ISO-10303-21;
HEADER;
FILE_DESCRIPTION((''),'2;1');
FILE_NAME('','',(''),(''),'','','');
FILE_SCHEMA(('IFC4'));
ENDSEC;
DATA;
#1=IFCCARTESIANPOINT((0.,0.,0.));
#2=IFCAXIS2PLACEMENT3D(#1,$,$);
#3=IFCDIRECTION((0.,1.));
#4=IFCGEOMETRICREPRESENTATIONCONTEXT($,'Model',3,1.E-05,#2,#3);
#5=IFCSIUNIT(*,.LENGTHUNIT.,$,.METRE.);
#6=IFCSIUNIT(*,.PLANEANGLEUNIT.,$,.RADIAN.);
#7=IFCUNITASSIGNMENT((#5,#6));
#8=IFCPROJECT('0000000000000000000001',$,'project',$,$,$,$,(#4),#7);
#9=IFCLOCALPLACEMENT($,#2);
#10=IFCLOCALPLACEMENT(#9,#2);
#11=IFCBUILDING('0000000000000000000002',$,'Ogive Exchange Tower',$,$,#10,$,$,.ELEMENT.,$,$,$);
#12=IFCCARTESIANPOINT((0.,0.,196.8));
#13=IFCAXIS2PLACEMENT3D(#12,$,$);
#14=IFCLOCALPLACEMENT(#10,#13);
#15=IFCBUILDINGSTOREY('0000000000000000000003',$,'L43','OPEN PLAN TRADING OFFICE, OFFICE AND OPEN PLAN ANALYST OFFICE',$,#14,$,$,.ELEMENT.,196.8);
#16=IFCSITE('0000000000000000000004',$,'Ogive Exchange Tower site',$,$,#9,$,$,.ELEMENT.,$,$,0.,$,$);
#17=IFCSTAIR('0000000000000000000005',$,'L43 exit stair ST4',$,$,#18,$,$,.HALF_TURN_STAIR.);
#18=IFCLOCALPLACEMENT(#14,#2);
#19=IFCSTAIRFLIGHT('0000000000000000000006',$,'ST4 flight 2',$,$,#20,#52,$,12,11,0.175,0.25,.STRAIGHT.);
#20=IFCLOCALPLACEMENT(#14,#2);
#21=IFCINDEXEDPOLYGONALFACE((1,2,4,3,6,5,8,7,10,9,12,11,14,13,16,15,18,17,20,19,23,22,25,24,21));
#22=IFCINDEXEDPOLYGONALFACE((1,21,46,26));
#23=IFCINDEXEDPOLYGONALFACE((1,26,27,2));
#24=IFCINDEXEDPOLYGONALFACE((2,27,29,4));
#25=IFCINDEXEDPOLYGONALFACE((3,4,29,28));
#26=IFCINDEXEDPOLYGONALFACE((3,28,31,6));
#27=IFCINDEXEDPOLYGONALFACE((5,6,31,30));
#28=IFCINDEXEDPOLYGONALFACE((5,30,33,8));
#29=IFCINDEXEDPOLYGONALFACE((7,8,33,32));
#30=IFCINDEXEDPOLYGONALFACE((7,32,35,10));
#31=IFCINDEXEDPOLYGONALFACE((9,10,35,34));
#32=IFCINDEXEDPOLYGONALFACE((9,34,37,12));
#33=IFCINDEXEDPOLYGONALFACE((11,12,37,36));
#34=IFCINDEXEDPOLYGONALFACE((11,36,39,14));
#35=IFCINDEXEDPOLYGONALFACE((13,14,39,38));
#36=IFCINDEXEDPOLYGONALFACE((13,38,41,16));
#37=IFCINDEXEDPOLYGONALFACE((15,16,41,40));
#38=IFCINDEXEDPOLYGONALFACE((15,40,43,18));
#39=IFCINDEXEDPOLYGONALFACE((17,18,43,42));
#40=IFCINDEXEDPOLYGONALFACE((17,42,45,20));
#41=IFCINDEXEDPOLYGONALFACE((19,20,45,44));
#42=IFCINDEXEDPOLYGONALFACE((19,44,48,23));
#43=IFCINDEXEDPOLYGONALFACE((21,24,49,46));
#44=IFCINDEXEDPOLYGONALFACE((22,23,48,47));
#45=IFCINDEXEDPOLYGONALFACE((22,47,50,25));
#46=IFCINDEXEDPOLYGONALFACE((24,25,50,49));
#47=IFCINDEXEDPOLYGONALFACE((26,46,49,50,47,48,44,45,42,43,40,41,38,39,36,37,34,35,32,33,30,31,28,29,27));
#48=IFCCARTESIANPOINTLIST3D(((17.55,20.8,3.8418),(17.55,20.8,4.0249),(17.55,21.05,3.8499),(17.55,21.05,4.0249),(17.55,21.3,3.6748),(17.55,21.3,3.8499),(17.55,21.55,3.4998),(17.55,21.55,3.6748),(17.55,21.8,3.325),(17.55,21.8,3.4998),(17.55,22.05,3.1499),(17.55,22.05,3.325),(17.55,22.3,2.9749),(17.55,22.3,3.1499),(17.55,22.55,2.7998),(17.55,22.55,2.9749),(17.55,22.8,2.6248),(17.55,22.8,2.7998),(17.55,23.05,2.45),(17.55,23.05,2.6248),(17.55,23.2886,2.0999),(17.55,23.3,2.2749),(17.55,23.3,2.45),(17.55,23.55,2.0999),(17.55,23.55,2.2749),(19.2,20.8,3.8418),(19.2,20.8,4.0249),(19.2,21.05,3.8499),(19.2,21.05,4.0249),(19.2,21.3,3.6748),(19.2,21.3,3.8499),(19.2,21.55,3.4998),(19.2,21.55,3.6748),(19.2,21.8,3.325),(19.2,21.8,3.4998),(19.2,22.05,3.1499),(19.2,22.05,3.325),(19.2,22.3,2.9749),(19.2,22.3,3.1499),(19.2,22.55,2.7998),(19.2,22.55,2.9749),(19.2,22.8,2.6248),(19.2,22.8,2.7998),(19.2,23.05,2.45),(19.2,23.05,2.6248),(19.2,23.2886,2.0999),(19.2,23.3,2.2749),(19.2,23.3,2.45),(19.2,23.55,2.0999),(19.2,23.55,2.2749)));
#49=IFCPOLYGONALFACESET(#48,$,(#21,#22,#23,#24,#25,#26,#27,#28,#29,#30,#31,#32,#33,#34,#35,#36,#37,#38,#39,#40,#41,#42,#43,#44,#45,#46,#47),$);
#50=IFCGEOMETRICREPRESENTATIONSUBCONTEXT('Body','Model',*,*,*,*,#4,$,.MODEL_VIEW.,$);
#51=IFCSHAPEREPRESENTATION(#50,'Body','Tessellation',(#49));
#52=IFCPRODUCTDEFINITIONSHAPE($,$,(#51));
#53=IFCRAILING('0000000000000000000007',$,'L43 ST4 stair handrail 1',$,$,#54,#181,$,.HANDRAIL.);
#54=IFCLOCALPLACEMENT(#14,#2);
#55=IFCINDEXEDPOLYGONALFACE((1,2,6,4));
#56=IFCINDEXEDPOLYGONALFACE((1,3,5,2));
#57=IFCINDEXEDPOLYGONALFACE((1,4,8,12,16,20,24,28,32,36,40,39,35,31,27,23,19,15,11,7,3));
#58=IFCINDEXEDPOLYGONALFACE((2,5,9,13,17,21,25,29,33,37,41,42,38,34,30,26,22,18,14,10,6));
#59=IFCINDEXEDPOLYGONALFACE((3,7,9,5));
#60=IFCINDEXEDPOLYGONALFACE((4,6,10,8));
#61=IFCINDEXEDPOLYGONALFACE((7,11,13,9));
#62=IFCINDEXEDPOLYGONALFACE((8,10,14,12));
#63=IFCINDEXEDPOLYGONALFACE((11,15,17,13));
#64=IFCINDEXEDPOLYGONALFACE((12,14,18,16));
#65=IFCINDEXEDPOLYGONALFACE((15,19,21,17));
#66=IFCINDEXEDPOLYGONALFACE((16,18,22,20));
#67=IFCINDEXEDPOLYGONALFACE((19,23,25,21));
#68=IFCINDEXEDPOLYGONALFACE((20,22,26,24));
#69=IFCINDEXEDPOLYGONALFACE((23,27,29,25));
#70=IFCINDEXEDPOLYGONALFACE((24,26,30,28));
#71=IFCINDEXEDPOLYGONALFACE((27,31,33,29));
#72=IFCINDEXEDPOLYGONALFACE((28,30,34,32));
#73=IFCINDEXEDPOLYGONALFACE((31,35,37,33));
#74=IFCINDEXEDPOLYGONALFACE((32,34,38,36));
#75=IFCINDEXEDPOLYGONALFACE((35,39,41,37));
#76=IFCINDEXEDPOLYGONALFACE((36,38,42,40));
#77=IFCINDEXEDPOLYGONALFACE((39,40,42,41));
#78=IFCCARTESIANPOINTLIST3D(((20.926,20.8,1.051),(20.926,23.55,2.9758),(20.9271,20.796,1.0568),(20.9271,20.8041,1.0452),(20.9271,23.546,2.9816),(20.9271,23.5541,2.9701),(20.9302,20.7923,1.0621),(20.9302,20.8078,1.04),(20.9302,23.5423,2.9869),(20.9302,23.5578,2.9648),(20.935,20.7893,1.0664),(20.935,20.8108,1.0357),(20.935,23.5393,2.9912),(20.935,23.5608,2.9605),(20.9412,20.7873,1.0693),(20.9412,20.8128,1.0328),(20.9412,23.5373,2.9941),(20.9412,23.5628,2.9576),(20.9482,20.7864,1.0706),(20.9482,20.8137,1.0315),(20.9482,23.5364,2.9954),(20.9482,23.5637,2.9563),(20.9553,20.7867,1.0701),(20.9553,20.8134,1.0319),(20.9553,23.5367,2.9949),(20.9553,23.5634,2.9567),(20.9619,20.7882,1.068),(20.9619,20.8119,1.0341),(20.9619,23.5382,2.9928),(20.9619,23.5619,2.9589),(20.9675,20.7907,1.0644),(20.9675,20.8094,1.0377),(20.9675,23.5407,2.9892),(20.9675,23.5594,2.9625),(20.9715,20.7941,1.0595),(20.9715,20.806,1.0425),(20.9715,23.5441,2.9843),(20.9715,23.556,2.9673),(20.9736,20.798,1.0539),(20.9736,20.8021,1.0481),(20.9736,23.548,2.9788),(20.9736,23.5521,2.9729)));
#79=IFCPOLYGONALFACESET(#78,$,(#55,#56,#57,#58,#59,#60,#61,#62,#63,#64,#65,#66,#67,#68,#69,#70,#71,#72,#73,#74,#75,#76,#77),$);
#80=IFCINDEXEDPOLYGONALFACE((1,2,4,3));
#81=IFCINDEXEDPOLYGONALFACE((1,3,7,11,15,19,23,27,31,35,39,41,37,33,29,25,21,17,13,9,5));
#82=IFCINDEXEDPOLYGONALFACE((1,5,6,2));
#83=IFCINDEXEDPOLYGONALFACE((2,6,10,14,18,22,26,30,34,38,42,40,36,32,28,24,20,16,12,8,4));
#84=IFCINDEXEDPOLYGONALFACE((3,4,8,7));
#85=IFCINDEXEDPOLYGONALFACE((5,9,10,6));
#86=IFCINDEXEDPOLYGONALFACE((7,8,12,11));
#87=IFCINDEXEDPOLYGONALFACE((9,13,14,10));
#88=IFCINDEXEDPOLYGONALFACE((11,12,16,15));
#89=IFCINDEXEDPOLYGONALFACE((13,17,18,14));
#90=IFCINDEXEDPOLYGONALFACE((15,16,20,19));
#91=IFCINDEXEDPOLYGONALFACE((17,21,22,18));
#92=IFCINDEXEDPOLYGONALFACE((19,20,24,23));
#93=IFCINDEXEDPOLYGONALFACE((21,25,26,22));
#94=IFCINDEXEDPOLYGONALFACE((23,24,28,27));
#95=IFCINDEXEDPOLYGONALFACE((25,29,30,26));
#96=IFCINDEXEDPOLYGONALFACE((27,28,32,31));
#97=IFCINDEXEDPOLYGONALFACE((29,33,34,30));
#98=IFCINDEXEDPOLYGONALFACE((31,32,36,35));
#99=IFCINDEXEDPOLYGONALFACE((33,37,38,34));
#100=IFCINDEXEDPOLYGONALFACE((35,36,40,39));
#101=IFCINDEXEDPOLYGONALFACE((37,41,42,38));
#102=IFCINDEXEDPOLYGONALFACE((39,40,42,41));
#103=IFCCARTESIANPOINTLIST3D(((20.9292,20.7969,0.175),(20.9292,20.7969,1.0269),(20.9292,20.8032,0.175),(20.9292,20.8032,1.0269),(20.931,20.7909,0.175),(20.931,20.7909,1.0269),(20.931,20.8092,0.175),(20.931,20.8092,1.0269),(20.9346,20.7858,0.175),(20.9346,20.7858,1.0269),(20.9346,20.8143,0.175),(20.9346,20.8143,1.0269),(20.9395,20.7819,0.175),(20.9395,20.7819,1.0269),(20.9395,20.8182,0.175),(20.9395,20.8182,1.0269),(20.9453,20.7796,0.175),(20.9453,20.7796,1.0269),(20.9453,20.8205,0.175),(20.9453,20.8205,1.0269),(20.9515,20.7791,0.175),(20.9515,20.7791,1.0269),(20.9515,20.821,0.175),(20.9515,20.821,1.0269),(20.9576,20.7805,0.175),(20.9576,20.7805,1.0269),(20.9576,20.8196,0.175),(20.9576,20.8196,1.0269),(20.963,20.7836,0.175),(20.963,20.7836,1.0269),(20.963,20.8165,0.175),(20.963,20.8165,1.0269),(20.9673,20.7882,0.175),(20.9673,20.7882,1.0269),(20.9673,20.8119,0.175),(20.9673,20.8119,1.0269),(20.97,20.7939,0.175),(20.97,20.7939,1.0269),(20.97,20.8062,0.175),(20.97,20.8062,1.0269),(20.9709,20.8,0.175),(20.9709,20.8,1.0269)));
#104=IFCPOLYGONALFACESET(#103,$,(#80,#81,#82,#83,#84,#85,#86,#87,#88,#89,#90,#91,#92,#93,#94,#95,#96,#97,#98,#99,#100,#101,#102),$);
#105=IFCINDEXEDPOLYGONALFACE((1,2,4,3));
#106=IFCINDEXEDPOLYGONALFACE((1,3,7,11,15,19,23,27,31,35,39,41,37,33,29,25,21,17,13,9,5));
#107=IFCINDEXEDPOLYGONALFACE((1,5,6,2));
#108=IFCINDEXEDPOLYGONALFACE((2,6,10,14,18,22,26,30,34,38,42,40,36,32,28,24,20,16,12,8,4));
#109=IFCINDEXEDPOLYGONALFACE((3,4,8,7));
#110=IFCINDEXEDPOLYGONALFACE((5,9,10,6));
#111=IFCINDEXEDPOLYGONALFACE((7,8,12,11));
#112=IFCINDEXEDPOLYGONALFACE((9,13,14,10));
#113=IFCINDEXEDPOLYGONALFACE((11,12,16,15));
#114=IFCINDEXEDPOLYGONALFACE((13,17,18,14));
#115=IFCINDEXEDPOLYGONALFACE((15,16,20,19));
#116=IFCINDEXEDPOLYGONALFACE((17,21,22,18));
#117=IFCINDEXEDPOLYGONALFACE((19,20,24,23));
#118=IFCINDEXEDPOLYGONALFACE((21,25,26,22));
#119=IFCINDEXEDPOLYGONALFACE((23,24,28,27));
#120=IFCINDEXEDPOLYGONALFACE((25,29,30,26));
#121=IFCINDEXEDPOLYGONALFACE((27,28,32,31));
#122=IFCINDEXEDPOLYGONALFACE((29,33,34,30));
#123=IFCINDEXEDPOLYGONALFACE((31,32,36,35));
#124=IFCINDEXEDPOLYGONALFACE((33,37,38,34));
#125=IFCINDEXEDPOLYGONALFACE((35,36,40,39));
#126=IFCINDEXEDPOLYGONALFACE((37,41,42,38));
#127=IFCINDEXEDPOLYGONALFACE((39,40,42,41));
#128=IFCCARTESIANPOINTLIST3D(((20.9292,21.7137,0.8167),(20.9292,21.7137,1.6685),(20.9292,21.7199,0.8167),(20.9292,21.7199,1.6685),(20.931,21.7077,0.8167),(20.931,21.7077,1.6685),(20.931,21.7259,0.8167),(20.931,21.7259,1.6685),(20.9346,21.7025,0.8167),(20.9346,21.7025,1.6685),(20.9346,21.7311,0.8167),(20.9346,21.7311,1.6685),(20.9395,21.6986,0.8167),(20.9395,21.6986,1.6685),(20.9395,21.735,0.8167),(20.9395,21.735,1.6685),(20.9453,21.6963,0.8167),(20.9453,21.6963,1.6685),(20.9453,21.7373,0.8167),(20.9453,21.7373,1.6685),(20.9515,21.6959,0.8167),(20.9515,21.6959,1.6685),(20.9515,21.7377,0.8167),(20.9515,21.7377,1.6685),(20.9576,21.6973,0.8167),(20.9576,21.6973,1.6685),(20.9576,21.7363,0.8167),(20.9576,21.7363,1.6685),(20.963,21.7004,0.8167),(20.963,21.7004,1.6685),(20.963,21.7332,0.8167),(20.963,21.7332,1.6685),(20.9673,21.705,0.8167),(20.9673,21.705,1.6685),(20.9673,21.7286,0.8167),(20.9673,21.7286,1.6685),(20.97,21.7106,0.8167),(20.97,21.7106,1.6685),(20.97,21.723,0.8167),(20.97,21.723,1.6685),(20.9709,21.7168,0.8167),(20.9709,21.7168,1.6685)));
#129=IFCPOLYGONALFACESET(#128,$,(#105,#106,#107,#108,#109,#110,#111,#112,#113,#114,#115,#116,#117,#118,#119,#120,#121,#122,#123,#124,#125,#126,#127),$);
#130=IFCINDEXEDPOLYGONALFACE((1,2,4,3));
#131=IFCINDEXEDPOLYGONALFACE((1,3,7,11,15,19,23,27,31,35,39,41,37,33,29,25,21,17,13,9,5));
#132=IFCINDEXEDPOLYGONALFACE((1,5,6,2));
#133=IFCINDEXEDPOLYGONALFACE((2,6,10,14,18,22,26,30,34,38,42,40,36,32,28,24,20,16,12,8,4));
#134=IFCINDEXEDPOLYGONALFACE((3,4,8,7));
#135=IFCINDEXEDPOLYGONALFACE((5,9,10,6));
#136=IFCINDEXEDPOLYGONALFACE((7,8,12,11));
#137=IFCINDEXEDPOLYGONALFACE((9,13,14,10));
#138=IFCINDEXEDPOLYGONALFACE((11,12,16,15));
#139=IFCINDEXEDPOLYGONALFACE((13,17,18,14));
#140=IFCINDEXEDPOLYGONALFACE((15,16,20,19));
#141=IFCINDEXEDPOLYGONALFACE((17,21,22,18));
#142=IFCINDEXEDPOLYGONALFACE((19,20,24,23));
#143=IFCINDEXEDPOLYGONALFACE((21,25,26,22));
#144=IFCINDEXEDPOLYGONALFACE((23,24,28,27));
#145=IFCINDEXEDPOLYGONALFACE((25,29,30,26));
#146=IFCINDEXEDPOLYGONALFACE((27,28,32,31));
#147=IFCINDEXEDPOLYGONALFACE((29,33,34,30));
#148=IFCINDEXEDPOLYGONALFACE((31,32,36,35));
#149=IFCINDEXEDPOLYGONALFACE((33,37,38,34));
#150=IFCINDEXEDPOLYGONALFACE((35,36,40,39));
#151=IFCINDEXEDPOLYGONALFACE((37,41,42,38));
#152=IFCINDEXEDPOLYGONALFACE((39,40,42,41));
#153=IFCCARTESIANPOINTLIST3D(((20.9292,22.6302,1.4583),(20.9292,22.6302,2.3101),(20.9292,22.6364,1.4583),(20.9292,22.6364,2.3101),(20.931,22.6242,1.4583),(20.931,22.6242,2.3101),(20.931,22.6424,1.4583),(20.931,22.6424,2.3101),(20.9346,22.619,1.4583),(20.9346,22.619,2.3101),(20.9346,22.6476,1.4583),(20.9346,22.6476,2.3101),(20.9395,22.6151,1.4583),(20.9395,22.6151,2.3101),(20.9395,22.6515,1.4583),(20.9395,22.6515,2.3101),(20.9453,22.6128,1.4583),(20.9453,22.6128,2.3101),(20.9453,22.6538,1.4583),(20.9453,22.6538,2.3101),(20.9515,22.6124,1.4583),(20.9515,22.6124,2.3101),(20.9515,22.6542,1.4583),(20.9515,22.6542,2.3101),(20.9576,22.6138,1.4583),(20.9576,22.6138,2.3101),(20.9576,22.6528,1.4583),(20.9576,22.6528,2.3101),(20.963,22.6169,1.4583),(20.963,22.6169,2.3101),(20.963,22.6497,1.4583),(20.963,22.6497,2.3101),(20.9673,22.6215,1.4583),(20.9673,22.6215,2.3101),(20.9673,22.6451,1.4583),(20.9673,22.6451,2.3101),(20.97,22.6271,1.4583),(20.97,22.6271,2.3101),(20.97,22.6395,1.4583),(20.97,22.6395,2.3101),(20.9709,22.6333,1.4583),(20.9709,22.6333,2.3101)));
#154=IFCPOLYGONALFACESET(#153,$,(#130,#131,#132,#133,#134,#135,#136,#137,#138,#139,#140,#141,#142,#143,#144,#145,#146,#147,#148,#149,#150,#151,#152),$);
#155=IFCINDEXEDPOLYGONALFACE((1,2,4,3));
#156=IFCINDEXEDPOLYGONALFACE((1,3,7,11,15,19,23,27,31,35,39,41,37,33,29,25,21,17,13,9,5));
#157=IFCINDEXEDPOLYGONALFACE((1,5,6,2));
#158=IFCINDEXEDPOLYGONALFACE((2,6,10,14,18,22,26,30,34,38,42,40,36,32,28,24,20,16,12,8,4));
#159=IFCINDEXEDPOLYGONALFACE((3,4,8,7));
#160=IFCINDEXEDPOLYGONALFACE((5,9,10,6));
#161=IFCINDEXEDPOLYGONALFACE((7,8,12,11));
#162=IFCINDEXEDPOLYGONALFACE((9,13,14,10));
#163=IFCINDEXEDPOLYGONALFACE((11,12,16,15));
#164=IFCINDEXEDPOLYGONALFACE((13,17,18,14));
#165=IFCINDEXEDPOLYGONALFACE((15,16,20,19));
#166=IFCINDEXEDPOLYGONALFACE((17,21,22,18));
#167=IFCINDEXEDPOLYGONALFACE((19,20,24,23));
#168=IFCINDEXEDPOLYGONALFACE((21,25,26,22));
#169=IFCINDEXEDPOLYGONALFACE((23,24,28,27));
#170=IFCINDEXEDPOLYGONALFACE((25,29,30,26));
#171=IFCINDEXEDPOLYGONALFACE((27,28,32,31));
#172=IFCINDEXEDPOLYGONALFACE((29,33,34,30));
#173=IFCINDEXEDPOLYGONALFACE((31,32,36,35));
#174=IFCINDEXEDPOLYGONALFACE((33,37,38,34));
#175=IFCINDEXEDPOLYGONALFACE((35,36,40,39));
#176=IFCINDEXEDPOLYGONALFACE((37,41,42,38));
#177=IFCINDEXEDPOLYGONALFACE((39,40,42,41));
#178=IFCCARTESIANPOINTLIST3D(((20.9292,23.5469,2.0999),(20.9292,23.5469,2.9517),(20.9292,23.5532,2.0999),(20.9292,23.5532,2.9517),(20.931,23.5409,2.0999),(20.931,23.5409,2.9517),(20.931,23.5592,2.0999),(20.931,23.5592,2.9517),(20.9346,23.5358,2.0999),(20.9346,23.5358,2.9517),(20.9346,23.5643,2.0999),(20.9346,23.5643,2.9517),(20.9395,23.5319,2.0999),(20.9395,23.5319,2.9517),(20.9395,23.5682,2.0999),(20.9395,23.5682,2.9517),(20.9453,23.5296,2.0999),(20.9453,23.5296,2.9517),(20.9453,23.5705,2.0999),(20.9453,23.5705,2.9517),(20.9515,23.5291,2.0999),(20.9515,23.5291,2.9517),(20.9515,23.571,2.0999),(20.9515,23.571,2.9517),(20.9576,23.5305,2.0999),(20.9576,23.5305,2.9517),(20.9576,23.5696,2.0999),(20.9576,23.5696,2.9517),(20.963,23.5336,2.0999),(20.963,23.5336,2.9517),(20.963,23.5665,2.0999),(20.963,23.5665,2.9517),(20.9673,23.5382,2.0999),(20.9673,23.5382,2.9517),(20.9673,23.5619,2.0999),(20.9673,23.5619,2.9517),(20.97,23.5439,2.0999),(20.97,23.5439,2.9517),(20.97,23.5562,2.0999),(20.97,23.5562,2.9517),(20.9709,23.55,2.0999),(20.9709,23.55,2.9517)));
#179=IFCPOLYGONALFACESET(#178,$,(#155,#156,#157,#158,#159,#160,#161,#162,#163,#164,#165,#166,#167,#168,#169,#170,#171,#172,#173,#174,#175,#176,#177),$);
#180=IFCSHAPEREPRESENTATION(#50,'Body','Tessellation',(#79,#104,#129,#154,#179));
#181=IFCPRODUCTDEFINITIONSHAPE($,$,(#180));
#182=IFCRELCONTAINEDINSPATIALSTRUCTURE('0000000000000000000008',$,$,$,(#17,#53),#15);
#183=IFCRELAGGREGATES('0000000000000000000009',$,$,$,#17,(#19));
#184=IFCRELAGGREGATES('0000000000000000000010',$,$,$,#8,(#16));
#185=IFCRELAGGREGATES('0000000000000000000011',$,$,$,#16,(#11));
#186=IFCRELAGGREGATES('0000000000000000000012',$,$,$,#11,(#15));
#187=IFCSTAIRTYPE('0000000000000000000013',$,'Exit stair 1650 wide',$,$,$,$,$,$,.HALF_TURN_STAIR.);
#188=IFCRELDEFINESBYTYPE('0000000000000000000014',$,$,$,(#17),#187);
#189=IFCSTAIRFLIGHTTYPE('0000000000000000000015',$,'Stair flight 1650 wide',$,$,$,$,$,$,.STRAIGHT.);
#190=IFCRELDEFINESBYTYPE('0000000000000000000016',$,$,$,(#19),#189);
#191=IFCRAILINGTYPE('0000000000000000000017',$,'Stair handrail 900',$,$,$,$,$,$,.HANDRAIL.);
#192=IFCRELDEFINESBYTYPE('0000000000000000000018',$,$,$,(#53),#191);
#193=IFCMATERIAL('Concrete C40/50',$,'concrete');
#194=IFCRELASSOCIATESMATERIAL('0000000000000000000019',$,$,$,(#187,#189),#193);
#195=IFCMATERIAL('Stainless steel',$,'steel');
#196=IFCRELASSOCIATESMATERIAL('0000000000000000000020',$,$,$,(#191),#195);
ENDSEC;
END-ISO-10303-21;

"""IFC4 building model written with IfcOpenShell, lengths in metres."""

from ifc_helpers import new_model, si_unit, direction, frame, origin, origin_2d, place, context, subcontext, project, spatial, polyline, circle, outline, extrude, material, type_object, element, aggregate, save


model = new_model("IFC4")

# Units and contexts
model_context = context("Model", 3, precision=1e-05, world=origin(), true_north=direction((0.0, 1.0)))
body_context = subcontext(model_context, "Body", "Model", "MODEL_VIEW")
ifc_project = project(units=[si_unit("LENGTHUNIT", "METRE"), si_unit("PLANEANGLEUNIT", "RADIAN")], contexts=[model_context])

# Site, building, storey
site_placement = place(None, origin())
site = spatial("IfcSite", under=ifc_project, at=site_placement, Name="Ogive Exchange Tower site", CompositionType="ELEMENT", RefElevation=0.0)
building_placement = place(site_placement, origin())
building = spatial("IfcBuilding", under=site, at=building_placement, Name="Ogive Exchange Tower", CompositionType="ELEMENT")
storey_placement = place(building_placement, frame((0.0, 0.0, 196.8)))
storey = spatial("IfcBuildingStorey", under=building, at=storey_placement, Name="L43", Description="OPEN PLAN TRADING OFFICE, OFFICE AND OPEN PLAN ANALYST OFFICE", CompositionType="ELEMENT", Elevation=196.8)

# Stair, stair flight
ifc_material_1 = material(Name="Concrete C40/50", Category="concrete")
stair_type = type_object("IfcStairType", Name="Exit stair 1650 wide", PredefinedType="HALF_TURN_STAIR", material=ifc_material_1)
stair_placement = place(storey_placement, origin())
stair = element("IfcStair", 1, at=stair_placement, inside=storey, type_object=stair_type, Name="L43 exit stair ST4", PredefinedType="HALF_TURN_STAIR")
stair_flight_type = type_object("IfcStairFlightType", Name="Stair flight 1650 wide", PredefinedType="STRAIGHT", material=ifc_material_1)
stair_flight_1_placement = place(storey_placement, frame((18.375, 23.55, 2.0999), z_axis=(0.0, 0.0, 1.0), x_axis=(0.0, -1.0, 0.0)))
stair_flight_1 = element("IfcStairFlight", 2, at=stair_flight_1_placement, type_object=stair_flight_type, Name="ST4 flight 2", NumberOfRisers=12, NumberOfTreads=11, PredefinedType="STRAIGHT", RiserHeight=0.175, TreadLength=0.25, context=body_context, shape_type="SweptSolid", body=[
    extrude(outline(polyline([(0.0, 0.0), (0.0, 0.175), (0.25, 0.175), (0.25, 0.3501), (0.5, 0.3501), (0.5, 0.5249), (0.75, 0.5249), (0.75, 0.7), (1.0, 0.7), (1.0, 0.875), (1.25, 0.875), (1.25, 1.05), (1.5, 1.05), (1.5, 1.2251), (1.75, 1.2251), (1.75, 1.3999), (2.0, 1.3999), (2.0, 1.575), (2.25, 1.575), (2.25, 1.75), (2.5, 1.75), (2.5, 1.925), (2.75, 1.925), (2.75, 2.1001), (2.75, 1.7419), (0.2615, 0.0), (0.0, 0.0)])), frame((0.0, 0.825, 0.0), z_axis=(0.0, -1.0, 0.0), x_axis=(1.0, 0.0, 0.0)), (0.0, 0.0, 1.0), 1.6499),
])
aggregate(stair, [stair_flight_1])

# Railing
ifc_material_2 = material(Name="Stainless steel", Category="steel")
railing_type = type_object("IfcRailingType", Name="Stair handrail 900", PredefinedType="HANDRAIL", material=ifc_material_2)
railing_1_placement = place(storey_placement, frame((20.95, 20.8, 0.175)))
element("IfcRailing", 3, at=railing_1_placement, inside=storey, type_object=railing_type, Name="L43 ST4 stair handrail 1", PredefinedType="HANDRAIL", context=body_context, shape_type="SweptSolid", body=[
    extrude(circle(Radius=0.0239, at=origin_2d()), frame((0.0, 0.0, 0.876), z_axis=(0.0, 0.819259, 0.573423), x_axis=(-1.0, 0.0, 0.0)), (0.0, 0.0, 1.0), 3.3567),
    extrude(circle(Radius=0.021, at=origin_2d()), origin(), (0.0, 0.0, 1.0), 0.8518),
    extrude(circle(Radius=0.021, at=origin_2d()), frame((0.0, 0.9167, 0.6416)), (0.0, 0.0, 1.0), 0.8518),
    extrude(circle(Radius=0.021, at=origin_2d()), frame((0.0, 1.8333, 1.2832)), (0.0, 0.0, 1.0), 0.8518),
    extrude(circle(Radius=0.021, at=origin_2d()), frame((0.0, 2.75, 1.9248)), (0.0, 0.0, 1.0), 0.8518),
])

save(model, "model.ifc")
